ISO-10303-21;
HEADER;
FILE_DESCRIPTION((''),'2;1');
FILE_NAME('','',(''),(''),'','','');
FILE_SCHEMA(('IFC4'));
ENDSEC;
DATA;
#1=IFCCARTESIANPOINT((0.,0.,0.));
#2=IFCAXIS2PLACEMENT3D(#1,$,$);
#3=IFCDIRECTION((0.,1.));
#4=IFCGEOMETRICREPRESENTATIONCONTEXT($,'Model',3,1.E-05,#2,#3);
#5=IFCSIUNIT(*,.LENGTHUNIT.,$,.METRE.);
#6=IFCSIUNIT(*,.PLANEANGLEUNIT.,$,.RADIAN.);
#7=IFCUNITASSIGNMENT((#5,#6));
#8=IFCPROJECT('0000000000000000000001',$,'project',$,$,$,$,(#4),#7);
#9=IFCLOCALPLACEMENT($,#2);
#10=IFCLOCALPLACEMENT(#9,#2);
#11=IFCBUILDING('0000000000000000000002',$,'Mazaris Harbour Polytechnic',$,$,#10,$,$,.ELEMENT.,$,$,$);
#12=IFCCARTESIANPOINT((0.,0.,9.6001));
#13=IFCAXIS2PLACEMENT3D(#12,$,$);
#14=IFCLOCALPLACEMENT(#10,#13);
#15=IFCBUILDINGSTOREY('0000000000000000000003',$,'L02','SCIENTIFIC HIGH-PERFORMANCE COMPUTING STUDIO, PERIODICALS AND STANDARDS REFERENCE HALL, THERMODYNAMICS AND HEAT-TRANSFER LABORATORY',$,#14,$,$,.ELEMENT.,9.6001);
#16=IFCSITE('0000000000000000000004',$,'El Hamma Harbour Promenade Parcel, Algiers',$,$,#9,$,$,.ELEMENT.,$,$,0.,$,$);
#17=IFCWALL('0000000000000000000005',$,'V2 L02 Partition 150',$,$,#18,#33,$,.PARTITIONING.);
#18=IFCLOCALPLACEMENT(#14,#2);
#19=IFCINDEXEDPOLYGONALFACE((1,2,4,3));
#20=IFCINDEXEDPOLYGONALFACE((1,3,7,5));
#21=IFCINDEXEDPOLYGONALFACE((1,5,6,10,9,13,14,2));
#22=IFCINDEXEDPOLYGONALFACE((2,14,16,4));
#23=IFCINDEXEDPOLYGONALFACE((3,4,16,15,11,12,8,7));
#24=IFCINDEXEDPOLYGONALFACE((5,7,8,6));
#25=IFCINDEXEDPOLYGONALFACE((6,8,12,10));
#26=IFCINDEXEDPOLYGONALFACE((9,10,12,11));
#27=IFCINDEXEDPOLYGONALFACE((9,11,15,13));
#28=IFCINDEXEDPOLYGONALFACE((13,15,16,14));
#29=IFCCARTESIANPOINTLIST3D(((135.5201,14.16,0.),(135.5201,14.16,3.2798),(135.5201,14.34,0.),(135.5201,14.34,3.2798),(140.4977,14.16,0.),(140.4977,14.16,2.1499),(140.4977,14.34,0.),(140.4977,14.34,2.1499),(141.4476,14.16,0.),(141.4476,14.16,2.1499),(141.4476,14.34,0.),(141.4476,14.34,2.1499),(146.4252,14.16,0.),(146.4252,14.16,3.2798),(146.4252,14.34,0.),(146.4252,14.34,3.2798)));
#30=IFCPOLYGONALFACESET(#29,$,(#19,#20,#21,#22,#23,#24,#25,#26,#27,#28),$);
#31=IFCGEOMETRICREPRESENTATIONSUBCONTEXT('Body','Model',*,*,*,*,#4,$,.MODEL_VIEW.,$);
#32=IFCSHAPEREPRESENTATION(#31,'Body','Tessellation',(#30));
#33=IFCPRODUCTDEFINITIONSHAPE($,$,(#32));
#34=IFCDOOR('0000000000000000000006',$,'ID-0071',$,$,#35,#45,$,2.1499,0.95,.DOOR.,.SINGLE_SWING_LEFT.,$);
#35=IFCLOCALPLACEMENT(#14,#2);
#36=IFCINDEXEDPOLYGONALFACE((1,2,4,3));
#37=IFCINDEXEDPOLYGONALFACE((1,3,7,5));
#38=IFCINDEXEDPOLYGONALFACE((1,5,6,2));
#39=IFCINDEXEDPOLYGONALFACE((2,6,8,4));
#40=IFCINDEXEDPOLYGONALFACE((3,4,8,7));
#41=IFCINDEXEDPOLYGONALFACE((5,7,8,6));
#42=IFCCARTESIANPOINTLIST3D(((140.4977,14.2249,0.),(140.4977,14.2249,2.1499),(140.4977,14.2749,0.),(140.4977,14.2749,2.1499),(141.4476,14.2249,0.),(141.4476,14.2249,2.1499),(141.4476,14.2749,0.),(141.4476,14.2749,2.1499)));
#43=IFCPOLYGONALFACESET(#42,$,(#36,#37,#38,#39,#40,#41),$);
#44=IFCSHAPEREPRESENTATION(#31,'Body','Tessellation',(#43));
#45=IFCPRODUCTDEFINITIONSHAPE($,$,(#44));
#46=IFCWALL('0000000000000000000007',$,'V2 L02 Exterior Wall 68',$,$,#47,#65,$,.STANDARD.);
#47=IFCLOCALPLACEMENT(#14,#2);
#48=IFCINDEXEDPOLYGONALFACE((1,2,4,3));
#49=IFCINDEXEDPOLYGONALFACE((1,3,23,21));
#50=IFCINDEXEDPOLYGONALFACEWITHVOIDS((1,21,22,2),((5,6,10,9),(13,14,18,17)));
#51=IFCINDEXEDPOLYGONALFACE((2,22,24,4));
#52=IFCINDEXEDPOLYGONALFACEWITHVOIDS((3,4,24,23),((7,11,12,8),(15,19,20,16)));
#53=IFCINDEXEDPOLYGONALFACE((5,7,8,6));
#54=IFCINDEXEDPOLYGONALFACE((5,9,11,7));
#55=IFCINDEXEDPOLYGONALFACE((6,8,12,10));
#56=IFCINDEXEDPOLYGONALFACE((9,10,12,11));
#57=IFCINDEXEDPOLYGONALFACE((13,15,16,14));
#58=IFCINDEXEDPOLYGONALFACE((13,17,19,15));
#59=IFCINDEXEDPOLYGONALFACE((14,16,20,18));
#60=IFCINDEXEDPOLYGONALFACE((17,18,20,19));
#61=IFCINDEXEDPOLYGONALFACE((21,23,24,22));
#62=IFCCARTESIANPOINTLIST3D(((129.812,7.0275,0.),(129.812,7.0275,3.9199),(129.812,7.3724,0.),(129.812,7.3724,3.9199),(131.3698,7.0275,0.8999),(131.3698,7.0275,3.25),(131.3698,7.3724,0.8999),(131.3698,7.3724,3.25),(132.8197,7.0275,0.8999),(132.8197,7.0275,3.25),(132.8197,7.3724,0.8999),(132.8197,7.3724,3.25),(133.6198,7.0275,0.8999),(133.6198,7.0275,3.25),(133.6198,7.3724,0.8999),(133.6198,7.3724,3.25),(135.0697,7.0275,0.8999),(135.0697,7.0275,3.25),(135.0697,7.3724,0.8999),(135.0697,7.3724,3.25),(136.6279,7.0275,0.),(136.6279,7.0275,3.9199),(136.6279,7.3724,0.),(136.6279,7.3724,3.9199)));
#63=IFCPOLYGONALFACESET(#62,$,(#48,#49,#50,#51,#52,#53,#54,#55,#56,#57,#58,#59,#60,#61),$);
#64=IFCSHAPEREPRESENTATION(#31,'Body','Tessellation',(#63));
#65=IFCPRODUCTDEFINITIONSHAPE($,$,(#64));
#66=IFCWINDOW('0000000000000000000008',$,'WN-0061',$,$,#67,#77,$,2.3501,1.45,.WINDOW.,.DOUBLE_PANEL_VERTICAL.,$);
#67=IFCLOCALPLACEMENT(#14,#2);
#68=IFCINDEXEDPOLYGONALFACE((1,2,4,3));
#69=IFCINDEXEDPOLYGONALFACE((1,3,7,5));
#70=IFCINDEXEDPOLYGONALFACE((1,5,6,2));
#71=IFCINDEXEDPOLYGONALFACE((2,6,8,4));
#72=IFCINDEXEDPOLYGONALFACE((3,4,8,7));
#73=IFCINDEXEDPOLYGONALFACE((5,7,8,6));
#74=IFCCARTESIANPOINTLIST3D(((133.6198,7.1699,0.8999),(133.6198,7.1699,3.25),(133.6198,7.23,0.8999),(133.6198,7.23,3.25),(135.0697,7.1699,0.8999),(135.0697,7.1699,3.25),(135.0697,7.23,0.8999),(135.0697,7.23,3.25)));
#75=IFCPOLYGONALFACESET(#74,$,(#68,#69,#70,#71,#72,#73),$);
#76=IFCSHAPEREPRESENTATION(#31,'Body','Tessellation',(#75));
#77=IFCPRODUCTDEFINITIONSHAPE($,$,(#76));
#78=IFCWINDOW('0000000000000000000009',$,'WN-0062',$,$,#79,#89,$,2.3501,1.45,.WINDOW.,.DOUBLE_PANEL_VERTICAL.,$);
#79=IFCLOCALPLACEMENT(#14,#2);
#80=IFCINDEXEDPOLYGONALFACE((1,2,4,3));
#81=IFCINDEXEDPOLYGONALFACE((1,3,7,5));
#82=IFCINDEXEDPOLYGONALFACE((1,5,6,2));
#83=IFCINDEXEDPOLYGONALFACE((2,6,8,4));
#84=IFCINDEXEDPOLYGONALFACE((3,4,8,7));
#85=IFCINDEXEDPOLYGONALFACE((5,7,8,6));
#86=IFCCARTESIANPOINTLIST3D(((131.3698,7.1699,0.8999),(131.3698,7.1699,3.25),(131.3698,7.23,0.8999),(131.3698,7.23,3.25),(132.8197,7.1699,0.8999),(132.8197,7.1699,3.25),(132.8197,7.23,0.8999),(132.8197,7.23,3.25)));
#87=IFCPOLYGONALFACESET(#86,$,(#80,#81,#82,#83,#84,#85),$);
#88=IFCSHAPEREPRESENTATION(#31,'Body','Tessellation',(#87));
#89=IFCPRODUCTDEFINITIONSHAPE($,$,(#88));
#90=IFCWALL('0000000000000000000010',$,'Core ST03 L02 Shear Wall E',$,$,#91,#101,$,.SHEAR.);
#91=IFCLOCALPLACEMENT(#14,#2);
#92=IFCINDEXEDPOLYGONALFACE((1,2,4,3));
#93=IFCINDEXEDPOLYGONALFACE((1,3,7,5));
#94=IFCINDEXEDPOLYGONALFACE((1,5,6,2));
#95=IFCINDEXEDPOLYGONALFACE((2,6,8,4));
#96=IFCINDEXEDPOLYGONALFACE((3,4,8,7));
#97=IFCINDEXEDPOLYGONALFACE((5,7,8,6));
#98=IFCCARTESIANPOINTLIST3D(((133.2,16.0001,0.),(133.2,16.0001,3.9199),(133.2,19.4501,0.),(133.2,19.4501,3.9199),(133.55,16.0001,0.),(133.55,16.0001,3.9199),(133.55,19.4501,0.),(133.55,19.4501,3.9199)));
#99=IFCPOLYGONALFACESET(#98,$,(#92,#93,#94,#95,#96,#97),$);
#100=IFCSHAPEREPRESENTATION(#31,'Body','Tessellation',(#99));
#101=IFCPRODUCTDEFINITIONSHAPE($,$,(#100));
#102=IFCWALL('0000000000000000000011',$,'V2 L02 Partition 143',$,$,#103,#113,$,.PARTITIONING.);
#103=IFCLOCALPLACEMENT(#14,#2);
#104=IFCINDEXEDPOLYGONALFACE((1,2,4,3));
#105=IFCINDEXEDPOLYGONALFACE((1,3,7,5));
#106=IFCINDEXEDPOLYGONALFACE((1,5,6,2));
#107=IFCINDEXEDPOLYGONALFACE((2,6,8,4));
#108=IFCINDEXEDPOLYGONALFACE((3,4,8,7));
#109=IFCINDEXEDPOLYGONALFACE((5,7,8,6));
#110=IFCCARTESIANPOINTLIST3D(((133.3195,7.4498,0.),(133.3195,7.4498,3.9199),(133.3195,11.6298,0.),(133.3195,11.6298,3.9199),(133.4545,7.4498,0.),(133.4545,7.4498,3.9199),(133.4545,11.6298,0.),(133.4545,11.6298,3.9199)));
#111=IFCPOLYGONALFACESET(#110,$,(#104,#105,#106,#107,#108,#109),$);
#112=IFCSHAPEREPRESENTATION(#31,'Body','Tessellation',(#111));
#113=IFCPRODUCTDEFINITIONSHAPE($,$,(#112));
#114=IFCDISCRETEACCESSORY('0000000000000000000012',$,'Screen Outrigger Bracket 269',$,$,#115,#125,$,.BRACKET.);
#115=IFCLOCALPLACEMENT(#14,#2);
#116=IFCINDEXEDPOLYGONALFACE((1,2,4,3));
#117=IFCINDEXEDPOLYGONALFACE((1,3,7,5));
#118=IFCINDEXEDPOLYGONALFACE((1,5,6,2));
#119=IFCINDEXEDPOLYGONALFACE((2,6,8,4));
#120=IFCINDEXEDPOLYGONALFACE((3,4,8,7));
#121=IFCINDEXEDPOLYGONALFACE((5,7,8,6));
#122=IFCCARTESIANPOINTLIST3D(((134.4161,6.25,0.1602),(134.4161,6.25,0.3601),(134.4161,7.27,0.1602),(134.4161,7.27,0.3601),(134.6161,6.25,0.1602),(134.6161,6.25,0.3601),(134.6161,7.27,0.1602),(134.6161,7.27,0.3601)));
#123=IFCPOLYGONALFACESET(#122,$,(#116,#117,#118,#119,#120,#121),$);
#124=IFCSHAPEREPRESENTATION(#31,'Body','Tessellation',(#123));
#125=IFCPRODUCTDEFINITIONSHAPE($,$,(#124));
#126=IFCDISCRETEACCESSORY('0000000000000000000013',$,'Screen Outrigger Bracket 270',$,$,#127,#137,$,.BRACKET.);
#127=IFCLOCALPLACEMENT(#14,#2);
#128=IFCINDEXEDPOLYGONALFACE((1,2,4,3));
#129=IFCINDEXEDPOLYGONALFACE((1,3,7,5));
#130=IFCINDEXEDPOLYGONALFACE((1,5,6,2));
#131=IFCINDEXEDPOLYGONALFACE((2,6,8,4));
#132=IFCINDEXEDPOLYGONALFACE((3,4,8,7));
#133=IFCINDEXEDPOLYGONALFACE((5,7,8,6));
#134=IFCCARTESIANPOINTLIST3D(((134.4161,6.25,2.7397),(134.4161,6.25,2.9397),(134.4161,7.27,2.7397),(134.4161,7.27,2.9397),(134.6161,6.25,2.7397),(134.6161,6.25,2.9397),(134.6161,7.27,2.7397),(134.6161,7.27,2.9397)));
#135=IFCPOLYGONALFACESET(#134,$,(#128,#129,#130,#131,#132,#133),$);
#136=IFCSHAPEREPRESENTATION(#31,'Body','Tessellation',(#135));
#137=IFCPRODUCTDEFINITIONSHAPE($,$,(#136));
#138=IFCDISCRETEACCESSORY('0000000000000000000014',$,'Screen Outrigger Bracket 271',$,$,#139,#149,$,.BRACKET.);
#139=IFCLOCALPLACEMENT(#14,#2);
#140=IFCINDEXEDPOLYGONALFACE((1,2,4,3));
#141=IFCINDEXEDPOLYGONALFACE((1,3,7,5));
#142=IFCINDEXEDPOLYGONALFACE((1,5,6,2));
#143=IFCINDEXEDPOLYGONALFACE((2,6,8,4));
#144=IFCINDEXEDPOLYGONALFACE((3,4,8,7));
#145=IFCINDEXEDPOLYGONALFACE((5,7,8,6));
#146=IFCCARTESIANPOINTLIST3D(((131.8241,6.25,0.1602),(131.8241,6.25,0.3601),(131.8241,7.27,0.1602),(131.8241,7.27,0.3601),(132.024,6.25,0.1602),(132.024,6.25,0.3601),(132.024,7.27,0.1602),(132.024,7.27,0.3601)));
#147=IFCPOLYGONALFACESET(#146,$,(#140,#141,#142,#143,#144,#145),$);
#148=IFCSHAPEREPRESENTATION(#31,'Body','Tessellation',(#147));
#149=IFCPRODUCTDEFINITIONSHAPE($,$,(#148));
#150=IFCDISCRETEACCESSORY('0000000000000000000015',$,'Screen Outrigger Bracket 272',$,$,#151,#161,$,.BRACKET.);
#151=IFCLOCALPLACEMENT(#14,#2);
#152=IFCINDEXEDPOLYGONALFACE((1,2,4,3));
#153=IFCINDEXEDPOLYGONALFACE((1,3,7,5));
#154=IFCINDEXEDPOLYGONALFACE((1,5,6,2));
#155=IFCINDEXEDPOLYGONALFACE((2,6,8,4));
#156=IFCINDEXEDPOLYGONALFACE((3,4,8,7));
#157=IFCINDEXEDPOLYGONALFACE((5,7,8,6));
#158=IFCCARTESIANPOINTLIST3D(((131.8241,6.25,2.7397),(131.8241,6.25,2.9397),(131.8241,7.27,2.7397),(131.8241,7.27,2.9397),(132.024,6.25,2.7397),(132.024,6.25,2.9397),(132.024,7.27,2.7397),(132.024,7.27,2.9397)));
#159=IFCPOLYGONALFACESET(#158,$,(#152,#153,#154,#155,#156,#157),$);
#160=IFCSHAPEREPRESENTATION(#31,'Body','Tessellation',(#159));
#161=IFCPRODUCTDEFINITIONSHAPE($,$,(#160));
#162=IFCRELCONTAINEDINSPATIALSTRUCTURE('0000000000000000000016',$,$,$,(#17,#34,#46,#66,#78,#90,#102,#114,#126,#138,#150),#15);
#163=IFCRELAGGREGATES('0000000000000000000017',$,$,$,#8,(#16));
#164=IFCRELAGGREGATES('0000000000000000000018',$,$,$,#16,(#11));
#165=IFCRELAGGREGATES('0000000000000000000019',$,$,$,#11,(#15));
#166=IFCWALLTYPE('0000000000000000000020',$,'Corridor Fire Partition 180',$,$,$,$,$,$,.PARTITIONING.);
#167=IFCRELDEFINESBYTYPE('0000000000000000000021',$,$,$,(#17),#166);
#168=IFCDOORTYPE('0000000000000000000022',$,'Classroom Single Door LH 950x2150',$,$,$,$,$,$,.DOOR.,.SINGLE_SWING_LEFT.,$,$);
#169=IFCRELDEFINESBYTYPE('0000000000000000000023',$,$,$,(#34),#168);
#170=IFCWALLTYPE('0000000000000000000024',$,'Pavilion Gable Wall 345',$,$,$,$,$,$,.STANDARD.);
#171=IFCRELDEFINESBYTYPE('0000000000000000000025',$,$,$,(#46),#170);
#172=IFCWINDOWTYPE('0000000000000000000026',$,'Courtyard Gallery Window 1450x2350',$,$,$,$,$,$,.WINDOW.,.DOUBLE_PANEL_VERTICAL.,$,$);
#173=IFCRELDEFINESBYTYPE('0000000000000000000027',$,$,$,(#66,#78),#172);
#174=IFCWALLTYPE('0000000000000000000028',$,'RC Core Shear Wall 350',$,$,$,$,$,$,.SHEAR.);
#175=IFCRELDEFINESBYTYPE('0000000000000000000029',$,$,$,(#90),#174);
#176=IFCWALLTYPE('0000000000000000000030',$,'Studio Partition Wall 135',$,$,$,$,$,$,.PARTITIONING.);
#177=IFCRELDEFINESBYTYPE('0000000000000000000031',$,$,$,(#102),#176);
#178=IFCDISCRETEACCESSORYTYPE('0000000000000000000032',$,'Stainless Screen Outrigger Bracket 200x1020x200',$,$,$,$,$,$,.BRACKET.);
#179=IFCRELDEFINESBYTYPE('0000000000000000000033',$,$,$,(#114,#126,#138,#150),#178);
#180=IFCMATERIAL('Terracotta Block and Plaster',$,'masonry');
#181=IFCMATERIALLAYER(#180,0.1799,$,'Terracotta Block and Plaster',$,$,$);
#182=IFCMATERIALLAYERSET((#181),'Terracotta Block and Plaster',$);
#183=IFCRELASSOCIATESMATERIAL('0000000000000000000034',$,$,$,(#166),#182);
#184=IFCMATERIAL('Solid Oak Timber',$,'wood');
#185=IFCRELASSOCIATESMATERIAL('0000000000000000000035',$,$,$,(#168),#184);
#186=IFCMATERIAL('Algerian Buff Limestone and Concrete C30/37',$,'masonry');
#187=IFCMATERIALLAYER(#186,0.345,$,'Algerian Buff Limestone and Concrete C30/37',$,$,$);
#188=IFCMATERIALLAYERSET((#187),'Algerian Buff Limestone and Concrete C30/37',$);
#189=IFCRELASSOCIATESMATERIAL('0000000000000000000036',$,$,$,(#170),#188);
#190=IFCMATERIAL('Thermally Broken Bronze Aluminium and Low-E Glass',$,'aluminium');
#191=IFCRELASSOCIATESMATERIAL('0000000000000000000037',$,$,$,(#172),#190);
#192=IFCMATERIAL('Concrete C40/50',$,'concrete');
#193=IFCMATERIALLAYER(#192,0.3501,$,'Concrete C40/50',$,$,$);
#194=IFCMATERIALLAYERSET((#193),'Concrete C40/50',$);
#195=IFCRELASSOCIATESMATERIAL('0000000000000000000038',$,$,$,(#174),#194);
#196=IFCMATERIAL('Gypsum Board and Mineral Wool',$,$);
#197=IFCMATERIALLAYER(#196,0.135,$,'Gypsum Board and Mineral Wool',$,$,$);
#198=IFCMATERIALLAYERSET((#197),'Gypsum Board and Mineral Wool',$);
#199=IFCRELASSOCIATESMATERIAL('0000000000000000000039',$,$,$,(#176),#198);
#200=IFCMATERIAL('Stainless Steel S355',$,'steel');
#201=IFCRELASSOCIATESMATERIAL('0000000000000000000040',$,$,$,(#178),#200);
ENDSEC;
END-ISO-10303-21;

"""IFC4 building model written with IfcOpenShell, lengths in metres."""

from ifc_helpers import new_model, si_unit, direction, frame, frame_2d, origin, origin_2d, place, context, subcontext, project, spatial, rectangle, extrude, material, layer, layer_set, type_object, element, fill, save


model = new_model("IFC4")

# Units and contexts
model_context = context("Model", 3, precision=1e-05, world=origin(), true_north=direction((0.0, 1.0)))
body_context = subcontext(model_context, "Body", "Model", "MODEL_VIEW")
ifc_project = project(units=[si_unit("LENGTHUNIT", "METRE"), si_unit("PLANEANGLEUNIT", "RADIAN")], contexts=[model_context])

# Site, building, storey
site_placement = place(None, origin())
site = spatial("IfcSite", under=ifc_project, at=site_placement, Name="El Hamma Harbour Promenade Parcel, Algiers", CompositionType="ELEMENT", RefElevation=0.0)
building_placement = place(site_placement, origin())
building = spatial("IfcBuilding", under=site, at=building_placement, Name="Mazaris Harbour Polytechnic", CompositionType="ELEMENT")
storey_placement = place(building_placement, frame((0.0, 0.0, 9.6001)))
storey = spatial("IfcBuildingStorey", under=building, at=storey_placement, Name="L02", Description="SCIENTIFIC HIGH-PERFORMANCE COMPUTING STUDIO, PERIODICALS AND STANDARDS REFERENCE HALL, THERMODYNAMICS AND HEAT-TRANSFER LABORATORY", CompositionType="ELEMENT", Elevation=9.6001)

# Wall, opening, door
ifc_material_1 = material(Name="Terracotta Block and Plaster", Category="masonry")
ifc_layer_1 = layer(ifc_material_1, 0.1799, Name="Terracotta Block and Plaster")
ifc_layer_set_1 = layer_set([ifc_layer_1], Name="Terracotta Block and Plaster")
wall_type_1 = type_object("IfcWallType", Name="Corridor Fire Partition 180", PredefinedType="PARTITIONING", material=ifc_layer_set_1)
ifc_material_2 = material(Name="Solid Oak Timber", Category="wood")
door_type = type_object("IfcDoorType", Name="Classroom Single Door LH 950x2150", OperationType="SINGLE_SWING_LEFT", PredefinedType="DOOR", material=ifc_material_2)
wall_1_placement = place(storey_placement, frame((135.52, 14.25, 0.0), z_axis=(0.0, 0.0, 1.0), x_axis=(1.0, 0.0, 0.0)))
wall_1 = element("IfcWall", 1, at=wall_1_placement, inside=storey, type_object=wall_type_1, Name="V2 L02 Partition 150", PredefinedType="PARTITIONING", context=body_context, shape_type="SweptSolid", body=[
    extrude(rectangle(XDim=10.905, YDim=0.1799, at=frame_2d((5.4526, 0.0))), origin(), (0.0, 0.0, 1.0), 3.2798),
])
opening_1_placement = place(wall_1_placement, frame((4.9775, 0.0, 0.0)))
opening_1 = element("IfcOpeningElement", 2, at=opening_1_placement, cuts=wall_1, PredefinedType="OPENING", context=body_context, shape_type="SweptSolid", body=[
    extrude(rectangle(XDim=0.95, YDim=2.1499, at=frame_2d((0.4751, 1.075))), frame((0.0, 0.0999, 0.0), z_axis=(0.0, -1.0, 0.0), x_axis=(1.0, 0.0, 0.0)), (0.0, 0.0, 1.0), 0.2),
])
door_1_placement = place(opening_1_placement, origin())
door_1 = element("IfcDoor", 3, at=door_1_placement, inside=storey, type_object=door_type, Name="ID-0071", OperationType="SINGLE_SWING_LEFT", OverallHeight=2.1499, OverallWidth=0.95, PredefinedType="DOOR", context=body_context, shape_type="SweptSolid", body=[
    extrude(rectangle(XDim=0.95, YDim=2.1499, at=frame_2d((0.4751, 1.075))), frame((0.0, 0.0249, 0.0), z_axis=(0.0, -1.0, 0.0), x_axis=(1.0, 0.0, 0.0)), (0.0, 0.0, 1.0), 0.05),
])
fill(opening_1, door_1)

# Wall, openings, windows
ifc_material_3 = material(Name="Algerian Buff Limestone and Concrete C30/37", Category="masonry")
ifc_layer_2 = layer(ifc_material_3, 0.345, Name="Algerian Buff Limestone and Concrete C30/37")
ifc_layer_set_2 = layer_set([ifc_layer_2], Name="Algerian Buff Limestone and Concrete C30/37")
wall_type_2 = type_object("IfcWallType", Name="Pavilion Gable Wall 345", PredefinedType="STANDARD", material=ifc_layer_set_2)
wall_2_placement = place(storey_placement, frame((136.6279, 7.2, 0.0), z_axis=(0.0, 0.0, 1.0), x_axis=(-1.0, 0.0, 0.0)))
wall_2 = element("IfcWall", 4, at=wall_2_placement, inside=storey, type_object=wall_type_2, Name="V2 L02 Exterior Wall 68", PredefinedType="STANDARD", context=body_context, shape_type="SweptSolid", body=[
    extrude(rectangle(XDim=6.8159, YDim=0.345, at=frame_2d((3.408, 0.0))), origin(), (0.0, 0.0, 1.0), 3.9199),
])
opening_2_placement = place(wall_2_placement, frame((1.5581, 0.0, 0.8999)))
opening_2 = element("IfcOpeningElement", 5, at=opening_2_placement, cuts=wall_2, PredefinedType="OPENING", context=body_context, shape_type="SweptSolid", body=[
    extrude(rectangle(XDim=1.45, YDim=2.3501, at=frame_2d((0.7251, 1.175))), frame((0.0, 0.1824, 0.0), z_axis=(0.0, -1.0, 0.0), x_axis=(1.0, 0.0, 0.0)), (0.0, 0.0, 1.0), 0.365),
])
opening_3_placement = place(wall_2_placement, frame((3.8081, 0.0, 0.8999)))
opening_3 = element("IfcOpeningElement", 6, at=opening_3_placement, cuts=wall_2, PredefinedType="OPENING", context=body_context, shape_type="SweptSolid", body=[
    extrude(rectangle(XDim=1.45, YDim=2.3501, at=frame_2d((0.7251, 1.175))), frame((0.0, 0.1824, 0.0), z_axis=(0.0, -1.0, 0.0), x_axis=(1.0, 0.0, 0.0)), (0.0, 0.0, 1.0), 0.365),
])
ifc_material_4 = material(Name="Thermally Broken Bronze Aluminium and Low-E Glass", Category="aluminium")
window_type = type_object("IfcWindowType", Name="Courtyard Gallery Window 1450x2350", PartitioningType="DOUBLE_PANEL_VERTICAL", PredefinedType="WINDOW", material=ifc_material_4)
window_1_placement = place(opening_2_placement, origin())
window_1 = element("IfcWindow", 7, at=window_1_placement, inside=storey, type_object=window_type, Name="WN-0061", OverallHeight=2.3501, OverallWidth=1.45, PartitioningType="DOUBLE_PANEL_VERTICAL", PredefinedType="WINDOW", context=body_context, shape_type="SweptSolid", body=[
    extrude(rectangle(XDim=1.45, YDim=2.3501, at=frame_2d((0.7251, 1.175))), frame((0.0, 0.03, 0.0), z_axis=(0.0, -1.0, 0.0), x_axis=(1.0, 0.0, 0.0)), (0.0, 0.0, 1.0), 0.0601),
])
fill(opening_2, window_1)
window_2_placement = place(opening_3_placement, origin())
window_2 = element("IfcWindow", 8, at=window_2_placement, inside=storey, type_object=window_type, Name="WN-0062", OverallHeight=2.3501, OverallWidth=1.45, PartitioningType="DOUBLE_PANEL_VERTICAL", PredefinedType="WINDOW", context=body_context, shape_type="SweptSolid", body=[
    extrude(rectangle(XDim=1.45, YDim=2.3501, at=frame_2d((0.7251, 1.175))), frame((0.0, 0.03, 0.0), z_axis=(0.0, -1.0, 0.0), x_axis=(1.0, 0.0, 0.0)), (0.0, 0.0, 1.0), 0.0601),
])
fill(opening_3, window_2)

# Walls
ifc_material_5 = material(Name="Concrete C40/50", Category="concrete")
ifc_layer_3 = layer(ifc_material_5, 0.3501, Name="Concrete C40/50")
ifc_layer_set_3 = layer_set([ifc_layer_3], Name="Concrete C40/50")
wall_type_3 = type_object("IfcWallType", Name="RC Core Shear Wall 350", PredefinedType="SHEAR", material=ifc_layer_set_3)
wall_3_placement = place(storey_placement, frame((133.375, 16.0, 0.0), z_axis=(0.0, 0.0, 1.0), x_axis=(0.0, 1.0, 0.0)))
element("IfcWall", 9, at=wall_3_placement, inside=storey, type_object=wall_type_3, Name="Core ST03 L02 Shear Wall E", PredefinedType="SHEAR", context=body_context, shape_type="SweptSolid", body=[
    extrude(rectangle(XDim=3.45, YDim=0.3501, at=frame_2d((1.7251, 0.0))), origin(), (0.0, 0.0, 1.0), 3.9199),
])
ifc_material_6 = material(Name="Gypsum Board and Mineral Wool")
ifc_layer_4 = layer(ifc_material_6, 0.135, Name="Gypsum Board and Mineral Wool")
ifc_layer_set_4 = layer_set([ifc_layer_4], Name="Gypsum Board and Mineral Wool")
wall_type_4 = type_object("IfcWallType", Name="Studio Partition Wall 135", PredefinedType="PARTITIONING", material=ifc_layer_set_4)
wall_4_placement = place(storey_placement, frame((133.387, 7.45, 0.0), z_axis=(0.0, 0.0, 1.0), x_axis=(0.0, 1.0, 0.0)))
element("IfcWall", 10, at=wall_4_placement, inside=storey, type_object=wall_type_4, Name="V2 L02 Partition 143", PredefinedType="PARTITIONING", context=body_context, shape_type="SweptSolid", body=[
    extrude(rectangle(XDim=4.1799, YDim=0.135, at=frame_2d((2.0898, 0.0))), origin(), (0.0, 0.0, 1.0), 3.9199),
])

# Discrete accessories
ifc_material_7 = material(Name="Stainless Steel S355", Category="steel")
discrete_accessory_type = type_object("IfcDiscreteAccessoryType", Name="Stainless Screen Outrigger Bracket 200x1020x200", PredefinedType="BRACKET", material=ifc_material_7)
for number, where, z_axis, x_axis, name in (
    (11, (134.5161, 6.76, 0.1602), (0.0, 0.0, 1.0), (-1.0, 0.0, 0.0), "Screen Outrigger Bracket 269"),
    (12, (134.5161, 6.76, 2.7397), (0.0, 0.0, 1.0), (-1.0, 0.0, 0.0), "Screen Outrigger Bracket 270"),
    (13, (131.9241, 6.76, 0.1602), (0.0, 0.0, 1.0), (-1.0, 0.0, 0.0), "Screen Outrigger Bracket 271"),
    (14, (131.9241, 6.76, 2.7397), (0.0, 0.0, 1.0), (-1.0, 0.0, 0.0), "Screen Outrigger Bracket 272"),
):
    element("IfcDiscreteAccessory", number, at=place(storey_placement, frame(where, z_axis=z_axis, x_axis=x_axis)), inside=storey, type_object=discrete_accessory_type, Name=name, PredefinedType="BRACKET", context=body_context, shape_type="SweptSolid", body=[
        extrude(rectangle(XDim=0.2, YDim=1.02, at=origin_2d()), origin(), (0.0, 0.0, 1.0), 0.2),
    ])

save(model, "model.ifc")
